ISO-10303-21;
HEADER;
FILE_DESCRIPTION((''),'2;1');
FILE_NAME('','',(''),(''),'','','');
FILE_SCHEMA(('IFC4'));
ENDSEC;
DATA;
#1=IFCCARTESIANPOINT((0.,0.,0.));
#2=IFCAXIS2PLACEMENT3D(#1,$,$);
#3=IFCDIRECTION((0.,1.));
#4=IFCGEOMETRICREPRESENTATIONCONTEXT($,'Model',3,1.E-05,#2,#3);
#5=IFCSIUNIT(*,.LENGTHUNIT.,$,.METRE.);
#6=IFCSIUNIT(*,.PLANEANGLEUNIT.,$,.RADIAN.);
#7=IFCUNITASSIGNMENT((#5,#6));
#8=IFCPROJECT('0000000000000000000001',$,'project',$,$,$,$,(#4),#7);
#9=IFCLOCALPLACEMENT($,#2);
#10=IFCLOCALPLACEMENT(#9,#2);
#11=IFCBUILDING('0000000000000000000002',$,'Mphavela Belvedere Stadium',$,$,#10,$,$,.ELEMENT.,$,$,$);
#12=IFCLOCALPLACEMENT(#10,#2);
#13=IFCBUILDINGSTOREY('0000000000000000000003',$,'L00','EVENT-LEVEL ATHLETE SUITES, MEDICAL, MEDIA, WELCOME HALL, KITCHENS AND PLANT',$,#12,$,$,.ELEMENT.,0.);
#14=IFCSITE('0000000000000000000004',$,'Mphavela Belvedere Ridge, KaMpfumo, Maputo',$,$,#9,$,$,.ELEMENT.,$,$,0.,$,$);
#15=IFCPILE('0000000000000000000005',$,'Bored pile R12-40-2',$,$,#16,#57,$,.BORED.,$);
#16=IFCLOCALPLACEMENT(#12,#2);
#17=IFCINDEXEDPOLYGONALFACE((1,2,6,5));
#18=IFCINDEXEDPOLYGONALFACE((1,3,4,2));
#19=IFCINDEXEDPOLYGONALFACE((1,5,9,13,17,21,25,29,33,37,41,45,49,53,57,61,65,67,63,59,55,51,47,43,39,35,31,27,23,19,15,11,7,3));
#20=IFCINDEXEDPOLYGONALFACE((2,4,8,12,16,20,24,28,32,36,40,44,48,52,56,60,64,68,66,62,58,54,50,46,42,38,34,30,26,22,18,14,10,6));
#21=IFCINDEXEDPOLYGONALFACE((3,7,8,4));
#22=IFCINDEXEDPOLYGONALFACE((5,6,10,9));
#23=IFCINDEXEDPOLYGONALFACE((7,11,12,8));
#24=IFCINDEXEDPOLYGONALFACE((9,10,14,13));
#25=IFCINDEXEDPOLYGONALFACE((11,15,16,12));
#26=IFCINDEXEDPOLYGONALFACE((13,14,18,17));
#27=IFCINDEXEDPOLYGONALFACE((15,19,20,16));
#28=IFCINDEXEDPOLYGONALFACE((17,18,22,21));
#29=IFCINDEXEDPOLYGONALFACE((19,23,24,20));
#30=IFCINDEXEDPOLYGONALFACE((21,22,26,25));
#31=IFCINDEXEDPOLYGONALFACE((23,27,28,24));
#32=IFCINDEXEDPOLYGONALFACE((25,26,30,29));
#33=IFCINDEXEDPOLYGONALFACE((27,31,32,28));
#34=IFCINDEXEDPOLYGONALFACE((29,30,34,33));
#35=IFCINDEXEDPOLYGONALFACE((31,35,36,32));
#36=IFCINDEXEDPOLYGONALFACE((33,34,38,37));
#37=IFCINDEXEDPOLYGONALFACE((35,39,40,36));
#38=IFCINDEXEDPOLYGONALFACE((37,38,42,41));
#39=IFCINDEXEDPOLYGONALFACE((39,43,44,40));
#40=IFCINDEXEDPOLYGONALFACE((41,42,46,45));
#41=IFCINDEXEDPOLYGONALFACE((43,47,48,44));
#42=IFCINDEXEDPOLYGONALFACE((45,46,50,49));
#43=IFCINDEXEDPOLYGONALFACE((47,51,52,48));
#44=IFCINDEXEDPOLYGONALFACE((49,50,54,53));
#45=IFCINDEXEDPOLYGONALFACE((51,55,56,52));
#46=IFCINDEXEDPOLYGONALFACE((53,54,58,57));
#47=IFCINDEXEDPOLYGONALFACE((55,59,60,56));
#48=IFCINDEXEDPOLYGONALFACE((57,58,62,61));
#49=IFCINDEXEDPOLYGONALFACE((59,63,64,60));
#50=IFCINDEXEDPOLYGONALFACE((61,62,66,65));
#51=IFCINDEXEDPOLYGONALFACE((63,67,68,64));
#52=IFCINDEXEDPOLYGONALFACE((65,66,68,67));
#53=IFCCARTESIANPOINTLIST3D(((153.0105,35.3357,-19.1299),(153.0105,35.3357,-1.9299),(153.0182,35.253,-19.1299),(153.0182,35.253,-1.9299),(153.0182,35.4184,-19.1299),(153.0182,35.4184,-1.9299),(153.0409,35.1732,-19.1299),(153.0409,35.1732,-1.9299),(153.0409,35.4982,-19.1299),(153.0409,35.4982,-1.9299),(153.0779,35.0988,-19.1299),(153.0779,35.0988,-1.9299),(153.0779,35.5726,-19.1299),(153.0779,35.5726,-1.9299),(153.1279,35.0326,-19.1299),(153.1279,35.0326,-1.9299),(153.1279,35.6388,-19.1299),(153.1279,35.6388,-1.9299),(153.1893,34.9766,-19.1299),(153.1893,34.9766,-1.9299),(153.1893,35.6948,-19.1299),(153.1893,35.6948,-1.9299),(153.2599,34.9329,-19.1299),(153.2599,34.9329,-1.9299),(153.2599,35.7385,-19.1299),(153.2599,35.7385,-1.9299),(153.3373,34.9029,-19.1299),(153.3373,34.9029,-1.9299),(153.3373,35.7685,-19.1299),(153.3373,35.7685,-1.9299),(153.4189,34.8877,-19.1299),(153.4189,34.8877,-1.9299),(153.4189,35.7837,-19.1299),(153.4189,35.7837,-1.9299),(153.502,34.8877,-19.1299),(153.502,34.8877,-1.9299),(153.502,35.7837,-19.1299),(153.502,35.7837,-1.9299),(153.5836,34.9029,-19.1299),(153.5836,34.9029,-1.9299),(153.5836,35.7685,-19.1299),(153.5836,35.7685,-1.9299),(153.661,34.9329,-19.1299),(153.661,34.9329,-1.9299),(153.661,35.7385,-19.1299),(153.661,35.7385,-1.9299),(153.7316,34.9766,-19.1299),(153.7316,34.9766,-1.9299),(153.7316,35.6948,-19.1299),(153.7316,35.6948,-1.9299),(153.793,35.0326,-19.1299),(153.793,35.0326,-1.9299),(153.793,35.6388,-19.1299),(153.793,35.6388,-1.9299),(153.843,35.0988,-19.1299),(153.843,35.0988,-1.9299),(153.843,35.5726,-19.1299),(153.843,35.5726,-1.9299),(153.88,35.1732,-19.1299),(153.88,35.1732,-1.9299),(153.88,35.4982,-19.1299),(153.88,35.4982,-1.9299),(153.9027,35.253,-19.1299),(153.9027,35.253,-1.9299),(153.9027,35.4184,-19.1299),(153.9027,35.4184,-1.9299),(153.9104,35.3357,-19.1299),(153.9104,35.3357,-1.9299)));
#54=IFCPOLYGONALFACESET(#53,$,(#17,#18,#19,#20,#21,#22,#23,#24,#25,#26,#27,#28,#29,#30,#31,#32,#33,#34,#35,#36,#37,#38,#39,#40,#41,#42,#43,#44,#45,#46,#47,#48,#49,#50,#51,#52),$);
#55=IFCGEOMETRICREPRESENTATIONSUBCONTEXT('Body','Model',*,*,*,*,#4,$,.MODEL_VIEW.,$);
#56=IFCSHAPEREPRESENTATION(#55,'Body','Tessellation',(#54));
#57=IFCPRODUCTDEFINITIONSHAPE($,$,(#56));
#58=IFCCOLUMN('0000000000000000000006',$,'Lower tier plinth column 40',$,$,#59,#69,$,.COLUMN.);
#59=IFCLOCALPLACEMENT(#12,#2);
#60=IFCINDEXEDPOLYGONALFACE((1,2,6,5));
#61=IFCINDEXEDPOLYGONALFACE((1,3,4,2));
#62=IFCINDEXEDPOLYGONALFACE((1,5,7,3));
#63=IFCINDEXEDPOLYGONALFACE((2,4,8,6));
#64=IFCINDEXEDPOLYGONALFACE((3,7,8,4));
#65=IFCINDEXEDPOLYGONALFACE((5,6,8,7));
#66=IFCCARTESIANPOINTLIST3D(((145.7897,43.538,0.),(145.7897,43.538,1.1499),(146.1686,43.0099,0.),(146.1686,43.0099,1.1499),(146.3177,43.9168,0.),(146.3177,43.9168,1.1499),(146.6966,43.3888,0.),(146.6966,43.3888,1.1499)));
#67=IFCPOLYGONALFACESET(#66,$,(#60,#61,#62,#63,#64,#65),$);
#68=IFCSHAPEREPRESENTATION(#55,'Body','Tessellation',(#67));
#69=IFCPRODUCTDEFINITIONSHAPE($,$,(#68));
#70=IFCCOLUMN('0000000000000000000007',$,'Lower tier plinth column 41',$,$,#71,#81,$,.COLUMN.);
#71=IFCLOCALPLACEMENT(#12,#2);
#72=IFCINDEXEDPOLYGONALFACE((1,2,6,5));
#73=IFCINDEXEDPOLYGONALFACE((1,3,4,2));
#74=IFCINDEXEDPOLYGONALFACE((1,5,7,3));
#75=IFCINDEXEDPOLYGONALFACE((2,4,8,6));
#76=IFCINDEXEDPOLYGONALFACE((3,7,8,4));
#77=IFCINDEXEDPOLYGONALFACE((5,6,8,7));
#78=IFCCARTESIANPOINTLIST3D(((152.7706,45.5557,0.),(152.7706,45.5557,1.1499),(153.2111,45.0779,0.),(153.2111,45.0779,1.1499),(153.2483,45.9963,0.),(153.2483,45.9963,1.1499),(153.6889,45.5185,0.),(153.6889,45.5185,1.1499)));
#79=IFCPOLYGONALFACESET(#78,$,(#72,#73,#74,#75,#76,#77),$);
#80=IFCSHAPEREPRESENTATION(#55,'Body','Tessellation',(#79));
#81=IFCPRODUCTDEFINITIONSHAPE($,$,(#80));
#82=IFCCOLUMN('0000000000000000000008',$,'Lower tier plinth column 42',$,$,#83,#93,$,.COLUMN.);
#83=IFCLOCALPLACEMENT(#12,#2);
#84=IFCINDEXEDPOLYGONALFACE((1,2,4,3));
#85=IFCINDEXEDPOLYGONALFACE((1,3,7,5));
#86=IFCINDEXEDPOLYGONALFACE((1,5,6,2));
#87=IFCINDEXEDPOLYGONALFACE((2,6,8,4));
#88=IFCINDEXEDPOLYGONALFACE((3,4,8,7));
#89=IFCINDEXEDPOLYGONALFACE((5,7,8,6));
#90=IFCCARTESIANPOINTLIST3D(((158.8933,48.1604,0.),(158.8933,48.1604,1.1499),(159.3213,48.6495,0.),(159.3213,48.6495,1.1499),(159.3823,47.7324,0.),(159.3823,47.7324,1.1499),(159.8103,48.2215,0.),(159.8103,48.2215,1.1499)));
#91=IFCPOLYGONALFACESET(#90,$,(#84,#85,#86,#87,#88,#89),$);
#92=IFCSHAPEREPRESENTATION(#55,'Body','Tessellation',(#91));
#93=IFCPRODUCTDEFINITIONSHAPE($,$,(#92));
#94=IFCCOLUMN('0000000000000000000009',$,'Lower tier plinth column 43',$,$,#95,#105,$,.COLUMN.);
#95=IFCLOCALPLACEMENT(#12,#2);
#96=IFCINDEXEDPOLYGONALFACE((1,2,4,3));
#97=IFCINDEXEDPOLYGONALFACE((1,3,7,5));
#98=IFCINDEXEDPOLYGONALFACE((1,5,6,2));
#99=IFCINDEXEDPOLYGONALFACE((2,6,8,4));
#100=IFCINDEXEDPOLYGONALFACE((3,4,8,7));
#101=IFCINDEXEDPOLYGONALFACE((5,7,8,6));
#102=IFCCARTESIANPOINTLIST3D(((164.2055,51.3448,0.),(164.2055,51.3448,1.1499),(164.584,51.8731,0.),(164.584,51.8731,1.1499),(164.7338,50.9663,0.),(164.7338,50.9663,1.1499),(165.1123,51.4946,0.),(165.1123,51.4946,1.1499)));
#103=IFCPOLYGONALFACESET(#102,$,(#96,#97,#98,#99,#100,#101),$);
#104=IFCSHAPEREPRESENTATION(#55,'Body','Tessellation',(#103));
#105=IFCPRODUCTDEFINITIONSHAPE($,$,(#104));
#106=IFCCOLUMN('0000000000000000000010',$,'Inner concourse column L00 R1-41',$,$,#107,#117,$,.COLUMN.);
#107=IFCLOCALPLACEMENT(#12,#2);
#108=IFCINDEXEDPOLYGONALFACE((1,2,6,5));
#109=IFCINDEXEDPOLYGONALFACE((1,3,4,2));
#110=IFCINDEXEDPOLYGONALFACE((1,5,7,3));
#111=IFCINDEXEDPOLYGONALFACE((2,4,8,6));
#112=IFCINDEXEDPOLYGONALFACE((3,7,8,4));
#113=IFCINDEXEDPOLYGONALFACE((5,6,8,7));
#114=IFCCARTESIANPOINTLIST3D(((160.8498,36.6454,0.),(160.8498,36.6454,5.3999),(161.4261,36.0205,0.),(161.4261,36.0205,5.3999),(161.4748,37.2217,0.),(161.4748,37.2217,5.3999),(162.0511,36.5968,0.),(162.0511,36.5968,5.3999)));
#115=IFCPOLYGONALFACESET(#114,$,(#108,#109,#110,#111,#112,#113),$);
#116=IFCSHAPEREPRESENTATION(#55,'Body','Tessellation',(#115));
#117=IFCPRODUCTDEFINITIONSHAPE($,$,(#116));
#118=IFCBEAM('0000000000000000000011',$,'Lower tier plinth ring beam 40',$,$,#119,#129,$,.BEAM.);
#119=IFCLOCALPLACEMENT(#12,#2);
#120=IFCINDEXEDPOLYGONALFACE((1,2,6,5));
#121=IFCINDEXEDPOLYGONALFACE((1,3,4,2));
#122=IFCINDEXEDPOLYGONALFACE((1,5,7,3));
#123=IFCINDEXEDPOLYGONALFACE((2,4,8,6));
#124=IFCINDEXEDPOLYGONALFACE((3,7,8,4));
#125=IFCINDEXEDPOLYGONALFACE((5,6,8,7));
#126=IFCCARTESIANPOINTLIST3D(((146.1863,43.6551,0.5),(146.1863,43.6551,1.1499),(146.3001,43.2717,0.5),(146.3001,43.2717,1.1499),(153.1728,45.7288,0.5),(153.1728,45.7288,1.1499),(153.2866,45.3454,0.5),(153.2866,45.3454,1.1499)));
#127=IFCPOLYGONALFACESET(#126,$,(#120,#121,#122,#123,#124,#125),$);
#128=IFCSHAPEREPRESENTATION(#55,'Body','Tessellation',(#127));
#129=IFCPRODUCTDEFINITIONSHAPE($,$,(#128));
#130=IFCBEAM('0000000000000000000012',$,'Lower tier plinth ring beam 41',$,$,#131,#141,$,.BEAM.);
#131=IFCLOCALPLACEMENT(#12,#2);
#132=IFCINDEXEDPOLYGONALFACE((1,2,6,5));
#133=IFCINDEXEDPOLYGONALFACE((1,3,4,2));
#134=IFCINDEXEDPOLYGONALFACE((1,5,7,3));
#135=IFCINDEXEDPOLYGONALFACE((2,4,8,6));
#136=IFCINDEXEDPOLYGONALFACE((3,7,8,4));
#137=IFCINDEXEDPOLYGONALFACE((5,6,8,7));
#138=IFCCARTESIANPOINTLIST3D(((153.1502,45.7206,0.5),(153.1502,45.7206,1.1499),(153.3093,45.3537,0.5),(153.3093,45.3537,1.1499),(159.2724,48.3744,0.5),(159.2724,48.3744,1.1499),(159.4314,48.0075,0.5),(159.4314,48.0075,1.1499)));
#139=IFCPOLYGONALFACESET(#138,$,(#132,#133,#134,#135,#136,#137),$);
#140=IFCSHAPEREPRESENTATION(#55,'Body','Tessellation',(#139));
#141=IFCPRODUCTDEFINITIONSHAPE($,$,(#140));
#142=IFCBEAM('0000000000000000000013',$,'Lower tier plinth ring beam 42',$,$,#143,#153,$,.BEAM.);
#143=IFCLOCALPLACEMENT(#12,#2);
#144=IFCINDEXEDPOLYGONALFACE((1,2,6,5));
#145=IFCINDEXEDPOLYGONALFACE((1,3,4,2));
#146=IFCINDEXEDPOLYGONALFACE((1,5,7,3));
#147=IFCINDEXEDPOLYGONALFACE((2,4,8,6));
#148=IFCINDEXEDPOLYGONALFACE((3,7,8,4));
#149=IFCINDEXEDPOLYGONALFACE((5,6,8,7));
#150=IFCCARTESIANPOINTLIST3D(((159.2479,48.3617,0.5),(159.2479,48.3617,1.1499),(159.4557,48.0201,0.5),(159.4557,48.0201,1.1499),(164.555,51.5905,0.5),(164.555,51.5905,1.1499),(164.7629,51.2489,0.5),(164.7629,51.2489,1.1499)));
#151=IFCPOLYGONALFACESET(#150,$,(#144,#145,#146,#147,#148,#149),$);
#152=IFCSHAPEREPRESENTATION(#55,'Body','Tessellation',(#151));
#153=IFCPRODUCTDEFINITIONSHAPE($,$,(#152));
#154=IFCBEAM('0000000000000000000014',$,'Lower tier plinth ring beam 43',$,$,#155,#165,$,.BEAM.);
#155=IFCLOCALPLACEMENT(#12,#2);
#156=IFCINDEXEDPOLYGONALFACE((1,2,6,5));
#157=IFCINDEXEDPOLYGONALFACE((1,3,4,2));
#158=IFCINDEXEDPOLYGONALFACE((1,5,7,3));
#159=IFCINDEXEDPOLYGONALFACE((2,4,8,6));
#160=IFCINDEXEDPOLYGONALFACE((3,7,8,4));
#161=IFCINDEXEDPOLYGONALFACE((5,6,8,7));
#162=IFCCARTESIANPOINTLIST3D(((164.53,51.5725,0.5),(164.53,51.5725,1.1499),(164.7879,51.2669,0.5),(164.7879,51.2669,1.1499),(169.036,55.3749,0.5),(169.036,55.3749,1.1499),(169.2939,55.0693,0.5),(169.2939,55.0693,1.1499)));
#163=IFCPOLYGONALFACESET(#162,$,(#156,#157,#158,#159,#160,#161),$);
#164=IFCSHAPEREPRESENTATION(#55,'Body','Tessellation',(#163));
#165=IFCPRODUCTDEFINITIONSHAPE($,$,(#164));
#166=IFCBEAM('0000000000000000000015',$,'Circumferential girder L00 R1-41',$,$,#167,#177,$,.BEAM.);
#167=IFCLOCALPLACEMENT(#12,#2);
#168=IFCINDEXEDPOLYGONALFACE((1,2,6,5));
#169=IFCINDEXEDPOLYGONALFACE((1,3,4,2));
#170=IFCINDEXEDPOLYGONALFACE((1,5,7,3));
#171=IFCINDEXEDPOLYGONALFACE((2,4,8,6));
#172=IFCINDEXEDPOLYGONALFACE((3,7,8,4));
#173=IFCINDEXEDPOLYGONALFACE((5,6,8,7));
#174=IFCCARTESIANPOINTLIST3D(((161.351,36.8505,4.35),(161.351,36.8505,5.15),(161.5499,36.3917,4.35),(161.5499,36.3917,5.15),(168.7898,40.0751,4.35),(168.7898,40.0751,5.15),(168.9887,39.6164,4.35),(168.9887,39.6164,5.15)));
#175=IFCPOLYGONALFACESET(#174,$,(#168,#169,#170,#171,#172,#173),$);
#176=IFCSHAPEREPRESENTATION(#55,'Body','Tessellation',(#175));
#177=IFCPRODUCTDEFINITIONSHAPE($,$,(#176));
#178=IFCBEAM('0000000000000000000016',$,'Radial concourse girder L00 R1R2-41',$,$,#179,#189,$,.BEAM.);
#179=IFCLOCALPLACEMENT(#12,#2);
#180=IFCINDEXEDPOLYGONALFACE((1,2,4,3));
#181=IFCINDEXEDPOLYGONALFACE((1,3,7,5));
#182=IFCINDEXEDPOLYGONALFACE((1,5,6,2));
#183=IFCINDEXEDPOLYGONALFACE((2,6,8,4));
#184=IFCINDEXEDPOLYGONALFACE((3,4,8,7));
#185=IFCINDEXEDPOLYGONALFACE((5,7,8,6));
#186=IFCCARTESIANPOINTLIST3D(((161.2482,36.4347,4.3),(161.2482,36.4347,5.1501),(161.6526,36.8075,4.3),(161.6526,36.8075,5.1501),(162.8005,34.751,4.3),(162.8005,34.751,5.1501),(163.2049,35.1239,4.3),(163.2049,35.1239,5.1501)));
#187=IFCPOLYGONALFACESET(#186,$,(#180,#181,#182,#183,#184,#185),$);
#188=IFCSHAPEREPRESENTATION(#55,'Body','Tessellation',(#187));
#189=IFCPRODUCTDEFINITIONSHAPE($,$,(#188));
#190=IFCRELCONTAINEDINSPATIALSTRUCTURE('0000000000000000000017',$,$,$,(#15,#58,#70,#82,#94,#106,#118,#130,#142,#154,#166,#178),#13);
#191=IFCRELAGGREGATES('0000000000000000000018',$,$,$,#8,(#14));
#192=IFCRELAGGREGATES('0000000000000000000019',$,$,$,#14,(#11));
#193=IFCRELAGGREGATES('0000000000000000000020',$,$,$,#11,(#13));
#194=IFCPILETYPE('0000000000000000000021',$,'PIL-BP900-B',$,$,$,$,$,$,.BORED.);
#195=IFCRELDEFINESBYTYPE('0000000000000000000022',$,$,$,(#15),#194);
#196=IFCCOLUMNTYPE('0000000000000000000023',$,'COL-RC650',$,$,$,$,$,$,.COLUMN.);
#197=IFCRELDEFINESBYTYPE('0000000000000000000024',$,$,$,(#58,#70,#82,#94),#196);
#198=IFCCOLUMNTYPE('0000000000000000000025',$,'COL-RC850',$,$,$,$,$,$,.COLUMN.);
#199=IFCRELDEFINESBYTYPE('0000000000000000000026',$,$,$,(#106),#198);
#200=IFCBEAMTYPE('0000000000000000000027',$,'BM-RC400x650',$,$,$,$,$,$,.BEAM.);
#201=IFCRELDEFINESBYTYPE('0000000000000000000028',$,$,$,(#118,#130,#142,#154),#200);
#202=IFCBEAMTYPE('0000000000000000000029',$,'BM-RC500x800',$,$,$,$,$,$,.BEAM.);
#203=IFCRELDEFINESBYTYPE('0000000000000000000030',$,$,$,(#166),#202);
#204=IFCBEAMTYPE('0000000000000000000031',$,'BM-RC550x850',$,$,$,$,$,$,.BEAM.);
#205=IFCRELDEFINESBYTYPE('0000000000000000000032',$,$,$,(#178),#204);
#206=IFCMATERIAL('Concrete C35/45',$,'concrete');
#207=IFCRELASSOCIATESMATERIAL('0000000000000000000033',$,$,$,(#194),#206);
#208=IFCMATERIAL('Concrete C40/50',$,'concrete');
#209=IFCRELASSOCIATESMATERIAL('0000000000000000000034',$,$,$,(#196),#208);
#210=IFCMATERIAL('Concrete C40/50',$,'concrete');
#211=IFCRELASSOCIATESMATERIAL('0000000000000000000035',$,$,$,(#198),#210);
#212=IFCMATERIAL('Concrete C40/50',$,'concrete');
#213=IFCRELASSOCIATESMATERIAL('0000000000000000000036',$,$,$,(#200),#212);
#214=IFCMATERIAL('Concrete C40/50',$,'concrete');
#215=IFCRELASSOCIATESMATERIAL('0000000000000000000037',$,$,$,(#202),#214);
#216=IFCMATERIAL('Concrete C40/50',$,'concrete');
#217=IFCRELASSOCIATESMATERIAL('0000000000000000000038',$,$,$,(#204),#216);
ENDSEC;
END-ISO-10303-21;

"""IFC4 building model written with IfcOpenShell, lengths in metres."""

from ifc_helpers import new_model, si_unit, direction, frame, origin, origin_2d, place, context, subcontext, project, spatial, rectangle, circle, extrude, material, material_profile, profile_set, type_object, element, save


model = new_model("IFC4")

# Units and contexts
model_context = context("Model", 3, precision=1e-05, world=origin(), true_north=direction((0.0, 1.0)))
body_context = subcontext(model_context, "Body", "Model", "MODEL_VIEW")
ifc_project = project(units=[si_unit("LENGTHUNIT", "METRE"), si_unit("PLANEANGLEUNIT", "RADIAN")], contexts=[model_context])

# Site, building, storey
site_placement = place(None, origin())
site = spatial("IfcSite", under=ifc_project, at=site_placement, Name="Mphavela Belvedere Ridge, KaMpfumo, Maputo", CompositionType="ELEMENT", RefElevation=0.0)
building_placement = place(site_placement, origin())
building = spatial("IfcBuilding", under=site, at=building_placement, Name="Mphavela Belvedere Stadium", CompositionType="ELEMENT")
storey_placement = place(building_placement, origin())
storey = spatial("IfcBuildingStorey", under=building, at=storey_placement, Name="L00", Description="EVENT-LEVEL ATHLETE SUITES, MEDICAL, MEDIA, WELCOME HALL, KITCHENS AND PLANT", CompositionType="ELEMENT", Elevation=0.0)

# Pile
ifc_material_1 = material(Name="Concrete C35/45", Category="concrete")
ifc_material_profile_1 = material_profile(ifc_material_1, circle(Radius=0.45, at=origin_2d()), Name="BP D900")
ifc_profile_set_1 = profile_set([ifc_material_profile_1], Name="Concrete C35/45")
pile_type_1 = type_object("IfcPileType", Name="PIL-BP900-B", PredefinedType="BORED", material=ifc_profile_set_1)
pile_placement = place(storey_placement, frame((153.4604, 35.3357, -1.9299), z_axis=(0.0, 0.0, -1.0), x_axis=(1.0, 0.0, 0.0)))
element("IfcPile", 1, at=pile_placement, inside=storey, type_object=pile_type_1, Name="Bored pile R12-40-2", PredefinedType="BORED", context=body_context, shape_type="SweptSolid", body=[
    extrude(circle(Radius=0.45, at=origin_2d()), origin(), (0.0, 0.0, 1.0), 17.2),
])

# Columns
ifc_material_2 = material(Name="Concrete C40/50", Category="concrete")
ifc_material_profile_2 = material_profile(ifc_material_2, rectangle(XDim=0.6499, YDim=0.6499, at=origin_2d()), Name="RC 650x650")
ifc_profile_set_2 = profile_set([ifc_material_profile_2], Name="Concrete C40/50")
column_type_1 = type_object("IfcColumnType", Name="COL-RC650", PredefinedType="COLUMN", material=ifc_profile_set_2)
for number, where, z_axis, x_axis, name in (
    (2, (146.2432, 43.4634, 0.0), (0.0, 0.0, 1.0), (0.582974, -0.812491, 0.0), "Lower tier plinth column 40"),
    (3, (153.2297, 45.5371, 0.0), (0.0, 0.0, 1.0), (0.677903, -0.735151, 0.0), "Lower tier plinth column 41"),
    (4, (159.3518, 48.1909, 0.0), (0.0, 0.0, 1.0), (0.75253, -0.658558, 0.0), "Lower tier plinth column 42"),
    (5, (164.6589, 51.4197, 0.0), (0.0, 0.0, 1.0), (0.812898, -0.582407, 0.0), "Lower tier plinth column 43"),
):
    element("IfcColumn", number, at=place(storey_placement, frame(where, z_axis=z_axis, x_axis=x_axis)), inside=storey, type_object=column_type_1, Name=name, PredefinedType="COLUMN", context=body_context, shape_type="SweptSolid", body=[
        extrude(rectangle(XDim=0.6499, YDim=0.6499, at=origin_2d()), origin(), (0.0, 0.0, 1.0), 1.1499),
    ])
ifc_material_3 = material(Name="Concrete C40/50", Category="concrete")
ifc_material_profile_3 = material_profile(ifc_material_3, rectangle(XDim=0.8501, YDim=0.8501, at=origin_2d()), Name="RC 850x850")
ifc_profile_set_3 = profile_set([ifc_material_profile_3], Name="Concrete C40/50")
column_type_2 = type_object("IfcColumnType", Name="COL-RC850", PredefinedType="COLUMN", material=ifc_profile_set_3)
column_placement = place(storey_placement, frame((161.4504, 36.6211, 0.0), z_axis=(0.0, 0.0, 1.0), x_axis=(0.677903, -0.735151, 0.0)))
element("IfcColumn", 6, at=column_placement, inside=storey, type_object=column_type_2, Name="Inner concourse column L00 R1-41", PredefinedType="COLUMN", context=body_context, shape_type="SweptSolid", body=[
    extrude(rectangle(XDim=0.8501, YDim=0.8501, at=origin_2d()), origin(), (0.0, 0.0, 1.0), 5.3999),
])

# Beams
ifc_material_4 = material(Name="Concrete C40/50", Category="concrete")
ifc_material_profile_4 = material_profile(ifc_material_4, rectangle(XDim=0.3999, YDim=0.6499, at=origin_2d()), Name="RC 400x650")
ifc_profile_set_4 = profile_set([ifc_material_profile_4], Name="Concrete C40/50")
beam_type_1 = type_object("IfcBeamType", Name="BM-RC400x650", PredefinedType="BEAM", material=ifc_profile_set_4)
beam_1_placement = place(storey_placement, frame((146.2432, 43.4634, 0.825), z_axis=(0.958662, 0.284547, 0.0), x_axis=(-0.284547, 0.958662, 0.0)))
element("IfcBeam", 7, at=beam_1_placement, inside=storey, type_object=beam_type_1, Name="Lower tier plinth ring beam 40", PredefinedType="BEAM", context=body_context, shape_type="SweptSolid", body=[
    extrude(rectangle(XDim=0.3999, YDim=0.6499, at=origin_2d()), origin(), (0.0, 0.0, 1.0), 7.2878),
])
beam_2_placement = place(storey_placement, frame((153.2297, 45.5371, 0.825), z_axis=(0.917506, 0.397722, 0.0), x_axis=(-0.397722, 0.917506, 0.0)))
element("IfcBeam", 8, at=beam_2_placement, inside=storey, type_object=beam_type_1, Name="Lower tier plinth ring beam 41", PredefinedType="BEAM", context=body_context, shape_type="SweptSolid", body=[
    extrude(rectangle(XDim=0.3999, YDim=0.6499, at=origin_2d()), origin(), (0.0, 0.0, 1.0), 6.6726),
])
beam_3_placement = place(storey_placement, frame((159.3518, 48.1909, 0.825), z_axis=(0.854318, 0.519751, 0.0), x_axis=(-0.519751, 0.854318, 0.0)))
element("IfcBeam", 9, at=beam_3_placement, inside=storey, type_object=beam_type_1, Name="Lower tier plinth ring beam 42", PredefinedType="BEAM", context=body_context, shape_type="SweptSolid", body=[
    extrude(rectangle(XDim=0.3999, YDim=0.6499, at=origin_2d()), origin(), (0.0, 0.0, 1.0), 6.2122),
])
beam_4_placement = place(storey_placement, frame((164.6589, 51.4197, 0.825), z_axis=(0.764253, 0.644917, 0.0), x_axis=(-0.644917, 0.764253, 0.0)))
element("IfcBeam", 10, at=beam_4_placement, inside=storey, type_object=beam_type_1, Name="Lower tier plinth ring beam 43", PredefinedType="BEAM", context=body_context, shape_type="SweptSolid", body=[
    extrude(rectangle(XDim=0.3999, YDim=0.6499, at=origin_2d()), origin(), (0.0, 0.0, 1.0), 5.896),
])
ifc_material_5 = material(Name="Concrete C40/50", Category="concrete")
ifc_material_profile_5 = material_profile(ifc_material_5, rectangle(XDim=0.5, YDim=0.8, at=origin_2d()), Name="RC 500x800")
ifc_profile_set_5 = profile_set([ifc_material_profile_5], Name="Concrete C40/50")
beam_type_2 = type_object("IfcBeamType", Name="BM-RC500x800", PredefinedType="BEAM", material=ifc_profile_set_5)
beam_5_placement = place(storey_placement, frame((161.4504, 36.6211, 4.75), z_axis=(0.917503, 0.397728, 0.0), x_axis=(-0.397728, 0.917503, 0.0)))
element("IfcBeam", 11, at=beam_5_placement, inside=storey, type_object=beam_type_2, Name="Circumferential girder L00 R1-41", PredefinedType="BEAM", context=body_context, shape_type="SweptSolid", body=[
    extrude(rectangle(XDim=0.5, YDim=0.8, at=origin_2d()), origin(), (0.0, 0.0, 1.0), 8.1077),
])
ifc_material_6 = material(Name="Concrete C40/50", Category="concrete")
ifc_material_profile_6 = material_profile(ifc_material_6, rectangle(XDim=0.55, YDim=0.8501, at=origin_2d()), Name="RC 550x850")
ifc_profile_set_6 = profile_set([ifc_material_profile_6], Name="Concrete C40/50")
beam_type_3 = type_object("IfcBeamType", Name="BM-RC550x850", PredefinedType="BEAM", material=ifc_profile_set_6)
beam_6_placement = place(storey_placement, frame((161.4504, 36.6211, 4.7251), z_axis=(0.677846, -0.735204, 0.0), x_axis=(0.735204, 0.677846, 0.0)))
element("IfcBeam", 12, at=beam_6_placement, inside=storey, type_object=beam_type_3, Name="Radial concourse girder L00 R1R2-41", PredefinedType="BEAM", context=body_context, shape_type="SweptSolid", body=[
    extrude(rectangle(XDim=0.55, YDim=0.8501, at=origin_2d()), origin(), (0.0, 0.0, 1.0), 2.29),
])

save(model, "model.ifc")
